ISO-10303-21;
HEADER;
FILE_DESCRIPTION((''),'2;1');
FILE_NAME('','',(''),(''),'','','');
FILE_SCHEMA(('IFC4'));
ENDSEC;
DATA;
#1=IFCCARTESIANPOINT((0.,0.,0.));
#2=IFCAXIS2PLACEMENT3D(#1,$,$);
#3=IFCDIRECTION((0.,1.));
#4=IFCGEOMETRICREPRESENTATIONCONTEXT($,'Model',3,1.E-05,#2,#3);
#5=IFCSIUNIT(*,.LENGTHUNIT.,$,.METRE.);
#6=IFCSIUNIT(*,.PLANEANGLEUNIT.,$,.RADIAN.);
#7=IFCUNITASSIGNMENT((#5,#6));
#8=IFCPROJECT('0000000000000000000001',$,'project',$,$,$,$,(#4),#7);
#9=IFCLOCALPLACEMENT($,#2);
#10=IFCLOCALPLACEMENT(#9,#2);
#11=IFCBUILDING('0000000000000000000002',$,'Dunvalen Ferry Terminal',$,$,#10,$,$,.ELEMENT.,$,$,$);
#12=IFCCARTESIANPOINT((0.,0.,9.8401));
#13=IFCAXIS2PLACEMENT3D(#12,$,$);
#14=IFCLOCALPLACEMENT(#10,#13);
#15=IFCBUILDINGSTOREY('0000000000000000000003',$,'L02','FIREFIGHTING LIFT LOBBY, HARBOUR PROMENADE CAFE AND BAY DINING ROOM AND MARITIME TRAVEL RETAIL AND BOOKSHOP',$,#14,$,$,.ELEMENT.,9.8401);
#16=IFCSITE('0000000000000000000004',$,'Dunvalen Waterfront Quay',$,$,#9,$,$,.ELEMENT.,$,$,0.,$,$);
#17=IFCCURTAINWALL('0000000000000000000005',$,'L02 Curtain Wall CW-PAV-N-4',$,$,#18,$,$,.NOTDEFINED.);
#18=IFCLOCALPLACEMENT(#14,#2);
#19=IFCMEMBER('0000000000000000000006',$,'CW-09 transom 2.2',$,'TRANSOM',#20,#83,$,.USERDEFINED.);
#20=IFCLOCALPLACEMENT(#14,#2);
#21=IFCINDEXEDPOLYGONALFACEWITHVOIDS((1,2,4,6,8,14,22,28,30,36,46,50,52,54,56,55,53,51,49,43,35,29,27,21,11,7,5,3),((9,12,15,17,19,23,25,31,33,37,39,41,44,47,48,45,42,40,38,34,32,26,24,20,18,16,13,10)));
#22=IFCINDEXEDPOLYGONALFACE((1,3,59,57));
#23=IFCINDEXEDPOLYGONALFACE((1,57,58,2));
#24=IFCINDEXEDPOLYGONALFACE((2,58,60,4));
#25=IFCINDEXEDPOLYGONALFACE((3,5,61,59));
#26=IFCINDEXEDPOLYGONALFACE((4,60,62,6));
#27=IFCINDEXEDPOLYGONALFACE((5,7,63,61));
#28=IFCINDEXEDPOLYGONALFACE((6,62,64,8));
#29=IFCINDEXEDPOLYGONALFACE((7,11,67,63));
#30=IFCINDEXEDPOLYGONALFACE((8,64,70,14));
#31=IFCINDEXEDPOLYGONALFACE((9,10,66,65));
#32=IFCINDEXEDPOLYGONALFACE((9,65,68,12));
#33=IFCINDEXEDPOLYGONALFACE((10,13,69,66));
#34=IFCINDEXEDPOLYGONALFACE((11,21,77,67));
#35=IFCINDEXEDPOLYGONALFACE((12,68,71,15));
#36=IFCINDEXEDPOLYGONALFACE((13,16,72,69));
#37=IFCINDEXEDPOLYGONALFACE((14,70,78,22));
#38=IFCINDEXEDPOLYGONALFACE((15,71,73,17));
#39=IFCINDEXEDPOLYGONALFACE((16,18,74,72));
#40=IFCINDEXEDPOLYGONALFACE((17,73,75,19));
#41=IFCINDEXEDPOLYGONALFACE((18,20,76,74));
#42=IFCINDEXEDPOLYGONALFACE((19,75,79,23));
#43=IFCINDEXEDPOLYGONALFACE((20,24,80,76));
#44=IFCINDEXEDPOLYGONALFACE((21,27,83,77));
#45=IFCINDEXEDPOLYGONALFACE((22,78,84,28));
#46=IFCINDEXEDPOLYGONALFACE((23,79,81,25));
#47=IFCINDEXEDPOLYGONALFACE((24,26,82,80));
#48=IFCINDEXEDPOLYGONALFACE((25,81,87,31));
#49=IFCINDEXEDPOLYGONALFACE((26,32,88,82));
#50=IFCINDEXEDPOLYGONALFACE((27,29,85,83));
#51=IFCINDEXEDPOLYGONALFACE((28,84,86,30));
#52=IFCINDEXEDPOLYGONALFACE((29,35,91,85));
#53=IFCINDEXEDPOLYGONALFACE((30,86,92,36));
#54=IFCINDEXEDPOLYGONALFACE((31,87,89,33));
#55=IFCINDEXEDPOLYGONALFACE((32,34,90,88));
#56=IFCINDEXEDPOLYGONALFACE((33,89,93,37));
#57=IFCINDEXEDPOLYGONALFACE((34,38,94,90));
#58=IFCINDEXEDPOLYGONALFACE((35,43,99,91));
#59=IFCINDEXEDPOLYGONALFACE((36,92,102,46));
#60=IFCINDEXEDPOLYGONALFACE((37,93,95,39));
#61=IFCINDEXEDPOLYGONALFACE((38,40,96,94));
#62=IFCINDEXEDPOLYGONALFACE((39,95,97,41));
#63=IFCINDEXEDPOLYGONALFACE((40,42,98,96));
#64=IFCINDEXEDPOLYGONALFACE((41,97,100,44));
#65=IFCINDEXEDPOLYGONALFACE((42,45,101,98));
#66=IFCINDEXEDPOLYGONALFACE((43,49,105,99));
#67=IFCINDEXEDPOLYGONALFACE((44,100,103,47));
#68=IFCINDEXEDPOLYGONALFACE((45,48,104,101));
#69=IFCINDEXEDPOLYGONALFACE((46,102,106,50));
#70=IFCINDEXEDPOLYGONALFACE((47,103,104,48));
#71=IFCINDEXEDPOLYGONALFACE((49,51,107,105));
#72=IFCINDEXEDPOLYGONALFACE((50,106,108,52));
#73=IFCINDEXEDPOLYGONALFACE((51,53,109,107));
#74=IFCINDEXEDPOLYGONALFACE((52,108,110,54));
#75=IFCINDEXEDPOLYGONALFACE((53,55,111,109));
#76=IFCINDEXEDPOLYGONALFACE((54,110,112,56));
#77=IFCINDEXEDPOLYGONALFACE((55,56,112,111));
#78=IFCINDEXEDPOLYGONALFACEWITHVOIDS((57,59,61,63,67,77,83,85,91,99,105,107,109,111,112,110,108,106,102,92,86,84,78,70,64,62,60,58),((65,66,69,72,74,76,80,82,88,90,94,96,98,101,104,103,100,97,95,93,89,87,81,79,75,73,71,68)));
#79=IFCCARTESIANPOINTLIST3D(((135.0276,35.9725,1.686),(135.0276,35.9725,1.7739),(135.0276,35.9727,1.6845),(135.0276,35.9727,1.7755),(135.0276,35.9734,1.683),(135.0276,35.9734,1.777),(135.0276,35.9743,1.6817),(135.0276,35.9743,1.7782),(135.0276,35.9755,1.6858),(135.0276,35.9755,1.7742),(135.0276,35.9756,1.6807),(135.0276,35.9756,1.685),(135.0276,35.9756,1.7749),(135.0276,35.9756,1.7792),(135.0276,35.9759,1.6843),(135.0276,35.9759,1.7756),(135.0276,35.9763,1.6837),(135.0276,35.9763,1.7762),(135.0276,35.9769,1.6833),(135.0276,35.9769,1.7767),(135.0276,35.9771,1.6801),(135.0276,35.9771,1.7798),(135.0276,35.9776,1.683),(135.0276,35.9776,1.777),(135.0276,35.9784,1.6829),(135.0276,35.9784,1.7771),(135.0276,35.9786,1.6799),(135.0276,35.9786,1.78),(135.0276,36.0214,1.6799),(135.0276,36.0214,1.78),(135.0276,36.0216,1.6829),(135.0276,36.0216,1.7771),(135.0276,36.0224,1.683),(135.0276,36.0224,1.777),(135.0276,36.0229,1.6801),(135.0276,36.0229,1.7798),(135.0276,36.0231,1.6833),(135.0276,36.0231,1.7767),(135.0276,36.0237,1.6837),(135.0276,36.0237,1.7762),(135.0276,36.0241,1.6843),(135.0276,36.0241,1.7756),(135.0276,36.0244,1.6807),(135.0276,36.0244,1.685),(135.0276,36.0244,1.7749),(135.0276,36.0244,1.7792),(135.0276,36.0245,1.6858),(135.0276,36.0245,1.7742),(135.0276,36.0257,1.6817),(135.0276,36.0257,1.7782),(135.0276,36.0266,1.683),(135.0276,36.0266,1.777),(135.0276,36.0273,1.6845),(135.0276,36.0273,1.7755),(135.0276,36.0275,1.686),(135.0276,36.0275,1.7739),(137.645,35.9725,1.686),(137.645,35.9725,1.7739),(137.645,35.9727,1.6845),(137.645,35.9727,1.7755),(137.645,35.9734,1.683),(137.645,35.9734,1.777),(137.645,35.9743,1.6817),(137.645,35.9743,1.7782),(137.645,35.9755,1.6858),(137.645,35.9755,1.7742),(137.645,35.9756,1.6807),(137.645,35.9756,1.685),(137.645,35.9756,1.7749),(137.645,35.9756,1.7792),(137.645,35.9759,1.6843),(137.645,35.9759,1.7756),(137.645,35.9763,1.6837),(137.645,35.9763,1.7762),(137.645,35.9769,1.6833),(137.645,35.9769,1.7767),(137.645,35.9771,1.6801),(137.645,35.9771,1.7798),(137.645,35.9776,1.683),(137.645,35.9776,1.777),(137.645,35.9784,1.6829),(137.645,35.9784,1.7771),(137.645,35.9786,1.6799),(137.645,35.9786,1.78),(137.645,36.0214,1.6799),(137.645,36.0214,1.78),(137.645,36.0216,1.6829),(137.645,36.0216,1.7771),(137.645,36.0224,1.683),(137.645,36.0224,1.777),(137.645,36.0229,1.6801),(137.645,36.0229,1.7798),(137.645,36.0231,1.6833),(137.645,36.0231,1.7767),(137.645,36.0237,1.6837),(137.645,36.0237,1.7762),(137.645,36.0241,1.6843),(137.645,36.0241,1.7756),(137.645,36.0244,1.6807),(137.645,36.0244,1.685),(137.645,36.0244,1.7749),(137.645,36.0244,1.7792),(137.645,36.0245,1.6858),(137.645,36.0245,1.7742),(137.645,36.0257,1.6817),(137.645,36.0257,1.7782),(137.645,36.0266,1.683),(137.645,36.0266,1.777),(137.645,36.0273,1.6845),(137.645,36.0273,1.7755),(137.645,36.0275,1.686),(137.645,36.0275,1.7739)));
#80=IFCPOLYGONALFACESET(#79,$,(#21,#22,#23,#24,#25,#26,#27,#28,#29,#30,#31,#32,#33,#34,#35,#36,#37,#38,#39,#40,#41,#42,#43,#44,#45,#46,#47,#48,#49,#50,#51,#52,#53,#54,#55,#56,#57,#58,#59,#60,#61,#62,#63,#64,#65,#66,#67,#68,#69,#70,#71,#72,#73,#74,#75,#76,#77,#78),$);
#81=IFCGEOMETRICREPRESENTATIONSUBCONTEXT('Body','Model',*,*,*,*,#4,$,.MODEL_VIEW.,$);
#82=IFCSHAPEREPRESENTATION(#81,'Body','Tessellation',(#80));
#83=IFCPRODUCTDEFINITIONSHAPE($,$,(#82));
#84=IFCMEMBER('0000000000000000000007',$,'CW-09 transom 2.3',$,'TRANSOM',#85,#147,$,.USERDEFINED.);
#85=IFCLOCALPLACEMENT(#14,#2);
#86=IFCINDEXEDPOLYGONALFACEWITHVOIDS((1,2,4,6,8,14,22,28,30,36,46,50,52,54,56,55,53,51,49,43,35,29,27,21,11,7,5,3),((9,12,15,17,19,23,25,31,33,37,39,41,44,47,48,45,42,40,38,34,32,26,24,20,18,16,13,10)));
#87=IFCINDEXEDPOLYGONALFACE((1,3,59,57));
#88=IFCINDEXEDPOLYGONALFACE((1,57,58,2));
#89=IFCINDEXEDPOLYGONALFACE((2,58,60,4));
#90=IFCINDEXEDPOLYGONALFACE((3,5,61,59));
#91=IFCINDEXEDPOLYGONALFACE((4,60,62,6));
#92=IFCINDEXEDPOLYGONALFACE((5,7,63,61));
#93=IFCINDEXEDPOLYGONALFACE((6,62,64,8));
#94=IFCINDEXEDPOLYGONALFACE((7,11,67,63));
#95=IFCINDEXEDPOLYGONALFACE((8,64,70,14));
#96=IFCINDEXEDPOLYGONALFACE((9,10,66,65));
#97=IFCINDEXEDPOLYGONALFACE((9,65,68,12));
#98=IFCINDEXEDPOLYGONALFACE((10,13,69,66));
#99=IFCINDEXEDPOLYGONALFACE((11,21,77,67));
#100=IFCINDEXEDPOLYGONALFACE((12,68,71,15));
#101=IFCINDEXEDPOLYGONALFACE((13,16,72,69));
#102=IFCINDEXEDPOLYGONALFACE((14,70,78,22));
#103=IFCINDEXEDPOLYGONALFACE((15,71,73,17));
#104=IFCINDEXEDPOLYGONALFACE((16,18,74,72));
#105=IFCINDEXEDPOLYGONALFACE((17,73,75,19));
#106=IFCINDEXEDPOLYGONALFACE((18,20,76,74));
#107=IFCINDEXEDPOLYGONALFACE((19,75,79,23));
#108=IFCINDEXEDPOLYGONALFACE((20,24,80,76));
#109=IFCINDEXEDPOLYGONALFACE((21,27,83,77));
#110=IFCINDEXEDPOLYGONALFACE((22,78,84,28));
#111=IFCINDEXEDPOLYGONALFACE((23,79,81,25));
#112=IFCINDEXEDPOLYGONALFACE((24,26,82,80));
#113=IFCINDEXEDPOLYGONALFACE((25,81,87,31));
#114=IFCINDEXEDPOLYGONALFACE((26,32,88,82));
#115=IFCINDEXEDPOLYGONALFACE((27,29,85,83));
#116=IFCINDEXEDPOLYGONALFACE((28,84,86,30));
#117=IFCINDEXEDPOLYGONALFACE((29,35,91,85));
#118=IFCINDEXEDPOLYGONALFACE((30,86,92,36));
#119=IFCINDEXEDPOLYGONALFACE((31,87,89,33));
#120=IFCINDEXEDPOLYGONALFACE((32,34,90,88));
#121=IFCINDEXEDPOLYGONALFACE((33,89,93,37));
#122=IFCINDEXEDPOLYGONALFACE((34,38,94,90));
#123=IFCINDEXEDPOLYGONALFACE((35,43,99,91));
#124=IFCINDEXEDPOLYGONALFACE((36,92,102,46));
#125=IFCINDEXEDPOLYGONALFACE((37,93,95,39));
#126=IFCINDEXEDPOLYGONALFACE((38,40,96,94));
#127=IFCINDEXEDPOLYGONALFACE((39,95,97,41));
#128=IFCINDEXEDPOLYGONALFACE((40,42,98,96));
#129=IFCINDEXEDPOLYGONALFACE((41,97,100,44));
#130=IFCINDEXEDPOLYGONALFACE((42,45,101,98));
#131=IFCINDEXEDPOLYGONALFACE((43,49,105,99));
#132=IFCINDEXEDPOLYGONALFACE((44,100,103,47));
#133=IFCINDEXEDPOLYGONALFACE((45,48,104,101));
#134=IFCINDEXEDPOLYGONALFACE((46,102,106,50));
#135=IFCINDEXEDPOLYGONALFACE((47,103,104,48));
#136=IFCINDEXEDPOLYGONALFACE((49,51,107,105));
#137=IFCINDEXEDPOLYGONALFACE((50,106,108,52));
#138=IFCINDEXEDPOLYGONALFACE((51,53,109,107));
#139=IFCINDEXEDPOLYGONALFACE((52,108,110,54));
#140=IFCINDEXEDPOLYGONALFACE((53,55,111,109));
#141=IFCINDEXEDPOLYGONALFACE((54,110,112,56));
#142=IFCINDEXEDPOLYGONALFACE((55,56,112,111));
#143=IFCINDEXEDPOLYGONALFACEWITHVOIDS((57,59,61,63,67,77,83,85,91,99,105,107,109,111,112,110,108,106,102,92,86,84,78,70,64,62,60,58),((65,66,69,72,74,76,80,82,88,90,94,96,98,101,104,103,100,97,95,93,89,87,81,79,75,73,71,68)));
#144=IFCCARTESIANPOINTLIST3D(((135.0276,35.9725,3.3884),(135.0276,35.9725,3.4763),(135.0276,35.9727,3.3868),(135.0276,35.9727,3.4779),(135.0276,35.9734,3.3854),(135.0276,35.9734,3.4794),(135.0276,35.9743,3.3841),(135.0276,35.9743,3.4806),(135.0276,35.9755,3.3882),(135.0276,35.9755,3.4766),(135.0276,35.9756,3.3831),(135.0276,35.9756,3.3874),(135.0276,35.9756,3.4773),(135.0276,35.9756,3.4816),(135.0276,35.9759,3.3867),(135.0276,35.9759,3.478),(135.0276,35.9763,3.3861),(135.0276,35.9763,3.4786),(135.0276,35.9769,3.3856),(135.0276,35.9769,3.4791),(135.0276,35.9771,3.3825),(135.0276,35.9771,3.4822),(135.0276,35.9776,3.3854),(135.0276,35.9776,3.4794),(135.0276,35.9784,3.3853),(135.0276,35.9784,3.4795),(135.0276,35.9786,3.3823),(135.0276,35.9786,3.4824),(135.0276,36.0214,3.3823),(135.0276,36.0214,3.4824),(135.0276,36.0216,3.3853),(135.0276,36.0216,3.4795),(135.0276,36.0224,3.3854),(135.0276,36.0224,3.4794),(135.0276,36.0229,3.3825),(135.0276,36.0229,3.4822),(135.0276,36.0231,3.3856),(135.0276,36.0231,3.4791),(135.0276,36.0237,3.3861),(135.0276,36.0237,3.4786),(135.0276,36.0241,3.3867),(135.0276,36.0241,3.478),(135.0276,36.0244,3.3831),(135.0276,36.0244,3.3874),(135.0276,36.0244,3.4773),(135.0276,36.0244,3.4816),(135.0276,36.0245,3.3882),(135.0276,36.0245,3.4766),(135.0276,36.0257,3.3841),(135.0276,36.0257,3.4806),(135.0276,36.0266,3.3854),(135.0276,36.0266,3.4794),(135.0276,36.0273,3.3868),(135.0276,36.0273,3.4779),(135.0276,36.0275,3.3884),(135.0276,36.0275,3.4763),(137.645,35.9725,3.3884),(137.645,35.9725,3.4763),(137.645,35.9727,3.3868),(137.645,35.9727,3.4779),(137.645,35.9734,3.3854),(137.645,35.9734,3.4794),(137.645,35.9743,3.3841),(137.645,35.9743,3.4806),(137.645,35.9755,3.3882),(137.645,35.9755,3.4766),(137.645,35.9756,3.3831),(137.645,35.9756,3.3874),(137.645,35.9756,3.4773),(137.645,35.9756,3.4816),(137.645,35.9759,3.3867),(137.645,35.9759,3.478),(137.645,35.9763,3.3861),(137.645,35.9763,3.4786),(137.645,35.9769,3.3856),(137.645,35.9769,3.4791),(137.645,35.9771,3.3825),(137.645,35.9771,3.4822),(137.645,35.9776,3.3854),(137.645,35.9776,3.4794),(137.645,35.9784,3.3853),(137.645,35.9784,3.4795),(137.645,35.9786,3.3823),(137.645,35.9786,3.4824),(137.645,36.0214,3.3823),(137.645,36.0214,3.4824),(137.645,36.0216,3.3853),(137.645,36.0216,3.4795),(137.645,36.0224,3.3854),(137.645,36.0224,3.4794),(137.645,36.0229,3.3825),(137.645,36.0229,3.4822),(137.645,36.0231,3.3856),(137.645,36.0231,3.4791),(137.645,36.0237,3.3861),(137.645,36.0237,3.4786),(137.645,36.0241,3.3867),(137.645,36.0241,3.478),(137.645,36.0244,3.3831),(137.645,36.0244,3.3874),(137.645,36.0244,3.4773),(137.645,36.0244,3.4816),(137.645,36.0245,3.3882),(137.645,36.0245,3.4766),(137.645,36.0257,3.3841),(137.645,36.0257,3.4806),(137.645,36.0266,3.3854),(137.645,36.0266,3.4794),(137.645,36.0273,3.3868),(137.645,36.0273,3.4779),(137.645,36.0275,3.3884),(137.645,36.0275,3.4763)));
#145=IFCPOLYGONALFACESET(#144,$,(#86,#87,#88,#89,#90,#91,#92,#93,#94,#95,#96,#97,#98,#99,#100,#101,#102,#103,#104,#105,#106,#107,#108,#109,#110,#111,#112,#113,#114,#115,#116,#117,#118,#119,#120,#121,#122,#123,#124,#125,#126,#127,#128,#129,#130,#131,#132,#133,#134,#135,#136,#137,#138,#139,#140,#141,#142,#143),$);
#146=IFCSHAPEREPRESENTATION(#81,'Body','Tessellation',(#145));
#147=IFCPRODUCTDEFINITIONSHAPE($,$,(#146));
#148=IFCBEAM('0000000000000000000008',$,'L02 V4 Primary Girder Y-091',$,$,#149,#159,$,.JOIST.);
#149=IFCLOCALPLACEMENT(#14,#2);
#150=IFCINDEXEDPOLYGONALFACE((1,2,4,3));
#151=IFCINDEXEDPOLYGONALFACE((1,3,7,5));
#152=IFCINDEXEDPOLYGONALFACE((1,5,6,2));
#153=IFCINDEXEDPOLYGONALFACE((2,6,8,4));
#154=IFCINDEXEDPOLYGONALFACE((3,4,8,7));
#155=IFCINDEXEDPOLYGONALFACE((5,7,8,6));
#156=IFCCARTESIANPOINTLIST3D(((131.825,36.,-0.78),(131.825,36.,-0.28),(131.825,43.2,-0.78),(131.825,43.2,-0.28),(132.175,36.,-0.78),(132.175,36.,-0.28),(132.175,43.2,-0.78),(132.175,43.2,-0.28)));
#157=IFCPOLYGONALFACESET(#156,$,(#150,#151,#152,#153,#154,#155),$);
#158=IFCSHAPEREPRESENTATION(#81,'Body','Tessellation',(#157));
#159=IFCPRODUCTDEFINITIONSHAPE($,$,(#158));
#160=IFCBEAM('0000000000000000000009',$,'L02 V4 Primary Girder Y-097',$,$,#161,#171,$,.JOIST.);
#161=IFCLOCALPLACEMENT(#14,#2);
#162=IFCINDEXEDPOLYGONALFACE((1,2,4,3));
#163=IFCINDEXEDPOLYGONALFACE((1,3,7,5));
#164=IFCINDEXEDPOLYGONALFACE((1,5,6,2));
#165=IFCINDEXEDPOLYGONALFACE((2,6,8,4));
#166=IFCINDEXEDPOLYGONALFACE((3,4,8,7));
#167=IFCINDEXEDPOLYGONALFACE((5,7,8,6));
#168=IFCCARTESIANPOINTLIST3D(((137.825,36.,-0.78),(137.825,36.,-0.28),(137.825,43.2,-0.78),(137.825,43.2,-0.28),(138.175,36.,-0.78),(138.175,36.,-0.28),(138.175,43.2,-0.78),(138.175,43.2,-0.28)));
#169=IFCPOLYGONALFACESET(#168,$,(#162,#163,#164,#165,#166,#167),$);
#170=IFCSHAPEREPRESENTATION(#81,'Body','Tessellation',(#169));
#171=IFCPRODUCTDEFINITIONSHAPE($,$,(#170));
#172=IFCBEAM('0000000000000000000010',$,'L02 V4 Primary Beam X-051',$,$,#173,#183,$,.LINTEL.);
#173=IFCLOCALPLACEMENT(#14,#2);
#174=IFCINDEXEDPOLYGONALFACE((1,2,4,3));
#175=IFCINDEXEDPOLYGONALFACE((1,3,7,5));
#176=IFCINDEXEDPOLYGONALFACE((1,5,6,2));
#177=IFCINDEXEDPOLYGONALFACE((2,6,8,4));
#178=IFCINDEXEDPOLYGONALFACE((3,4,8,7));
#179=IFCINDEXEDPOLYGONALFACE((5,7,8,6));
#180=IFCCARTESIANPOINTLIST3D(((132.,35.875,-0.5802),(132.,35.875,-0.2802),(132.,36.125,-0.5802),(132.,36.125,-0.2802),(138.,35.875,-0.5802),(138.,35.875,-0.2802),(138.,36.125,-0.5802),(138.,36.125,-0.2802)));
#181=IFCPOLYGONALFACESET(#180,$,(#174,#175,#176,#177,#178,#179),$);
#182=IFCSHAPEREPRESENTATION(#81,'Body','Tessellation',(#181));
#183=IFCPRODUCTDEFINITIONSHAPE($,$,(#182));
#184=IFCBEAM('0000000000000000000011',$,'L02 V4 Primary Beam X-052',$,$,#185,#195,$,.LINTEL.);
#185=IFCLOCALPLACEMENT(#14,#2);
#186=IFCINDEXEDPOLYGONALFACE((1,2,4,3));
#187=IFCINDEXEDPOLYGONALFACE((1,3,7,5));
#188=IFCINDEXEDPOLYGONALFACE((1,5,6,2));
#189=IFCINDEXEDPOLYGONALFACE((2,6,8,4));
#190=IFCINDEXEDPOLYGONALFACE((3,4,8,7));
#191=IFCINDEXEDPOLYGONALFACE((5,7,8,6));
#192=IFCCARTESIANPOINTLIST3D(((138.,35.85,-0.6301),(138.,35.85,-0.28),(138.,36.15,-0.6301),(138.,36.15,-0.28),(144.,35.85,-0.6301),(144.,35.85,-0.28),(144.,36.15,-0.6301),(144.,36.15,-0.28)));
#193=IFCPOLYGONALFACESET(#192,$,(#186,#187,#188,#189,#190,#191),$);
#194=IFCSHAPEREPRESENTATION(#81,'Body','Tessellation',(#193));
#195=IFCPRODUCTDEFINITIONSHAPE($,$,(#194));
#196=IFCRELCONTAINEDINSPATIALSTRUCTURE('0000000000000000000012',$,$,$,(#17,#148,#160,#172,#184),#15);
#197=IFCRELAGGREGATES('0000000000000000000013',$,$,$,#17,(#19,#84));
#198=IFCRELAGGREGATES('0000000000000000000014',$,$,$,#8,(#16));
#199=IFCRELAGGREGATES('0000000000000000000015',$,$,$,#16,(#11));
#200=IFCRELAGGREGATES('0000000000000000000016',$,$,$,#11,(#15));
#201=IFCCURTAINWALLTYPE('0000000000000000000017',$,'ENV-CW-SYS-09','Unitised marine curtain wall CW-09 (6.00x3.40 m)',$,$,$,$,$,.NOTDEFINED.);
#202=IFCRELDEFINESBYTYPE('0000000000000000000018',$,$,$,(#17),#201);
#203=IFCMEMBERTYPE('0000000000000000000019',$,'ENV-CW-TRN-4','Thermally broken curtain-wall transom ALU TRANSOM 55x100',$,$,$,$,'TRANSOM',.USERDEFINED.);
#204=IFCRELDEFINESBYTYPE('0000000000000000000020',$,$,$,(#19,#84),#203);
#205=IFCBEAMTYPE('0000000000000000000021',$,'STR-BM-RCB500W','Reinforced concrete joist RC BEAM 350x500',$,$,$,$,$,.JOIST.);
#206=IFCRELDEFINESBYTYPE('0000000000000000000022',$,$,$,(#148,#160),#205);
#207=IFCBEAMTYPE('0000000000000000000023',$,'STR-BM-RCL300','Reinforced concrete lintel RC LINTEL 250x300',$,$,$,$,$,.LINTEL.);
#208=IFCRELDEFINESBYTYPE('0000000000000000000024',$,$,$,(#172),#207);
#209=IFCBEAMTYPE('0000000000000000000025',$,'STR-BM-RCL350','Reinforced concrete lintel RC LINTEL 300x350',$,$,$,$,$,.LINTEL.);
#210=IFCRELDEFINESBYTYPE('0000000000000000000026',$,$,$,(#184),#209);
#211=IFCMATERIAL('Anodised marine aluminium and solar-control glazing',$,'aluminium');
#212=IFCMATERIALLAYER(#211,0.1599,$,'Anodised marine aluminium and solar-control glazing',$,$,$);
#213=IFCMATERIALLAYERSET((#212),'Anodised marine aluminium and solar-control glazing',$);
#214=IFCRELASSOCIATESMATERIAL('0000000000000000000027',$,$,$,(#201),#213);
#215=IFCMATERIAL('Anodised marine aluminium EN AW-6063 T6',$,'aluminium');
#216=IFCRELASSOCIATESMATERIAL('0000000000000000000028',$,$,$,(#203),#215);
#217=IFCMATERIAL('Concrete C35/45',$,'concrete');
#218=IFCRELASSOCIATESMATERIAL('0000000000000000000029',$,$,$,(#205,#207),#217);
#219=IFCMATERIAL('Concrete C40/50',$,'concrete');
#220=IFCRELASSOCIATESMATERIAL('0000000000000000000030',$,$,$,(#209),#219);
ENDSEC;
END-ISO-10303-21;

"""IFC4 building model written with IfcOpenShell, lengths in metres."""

from ifc_helpers import new_model, si_unit, direction, frame, origin, origin_2d, place, context, subcontext, project, spatial, rectangle, hollow_rectangle, extrude, material, layer, layer_set, material_profile, profile_set, type_object, element, aggregate, save


model = new_model("IFC4")

# Units and contexts
model_context = context("Model", 3, precision=1e-05, world=origin(), true_north=direction((0.0, 1.0)))
body_context = subcontext(model_context, "Body", "Model", "MODEL_VIEW")
ifc_project = project(units=[si_unit("LENGTHUNIT", "METRE"), si_unit("PLANEANGLEUNIT", "RADIAN")], contexts=[model_context])

# Site, building, storey
site_placement = place(None, origin())
site = spatial("IfcSite", under=ifc_project, at=site_placement, Name="Dunvalen Waterfront Quay", CompositionType="ELEMENT", RefElevation=0.0)
building_placement = place(site_placement, origin())
building = spatial("IfcBuilding", under=site, at=building_placement, Name="Dunvalen Ferry Terminal", CompositionType="ELEMENT")
storey_placement = place(building_placement, frame((0.0, 0.0, 9.8401)))
storey = spatial("IfcBuildingStorey", under=building, at=storey_placement, Name="L02", Description="FIREFIGHTING LIFT LOBBY, HARBOUR PROMENADE CAFE AND BAY DINING ROOM AND MARITIME TRAVEL RETAIL AND BOOKSHOP", CompositionType="ELEMENT", Elevation=9.8401)

# Shared definitions
ifc_material_1 = material(Name="Anodised marine aluminium and solar-control glazing", Category="aluminium")
ifc_layer_1 = layer(ifc_material_1, 0.1599, Name="Anodised marine aluminium and solar-control glazing")
ifc_layer_set_1 = layer_set([ifc_layer_1], Name="Anodised marine aluminium and solar-control glazing")
curtain_wall_type = type_object("IfcCurtainWallType", Name="ENV-CW-SYS-09", Description="Unitised marine curtain wall CW-09 (6.00x3.40 m)", PredefinedType="NOTDEFINED", material=ifc_layer_set_1)
ifc_material_2 = material(Name="Anodised marine aluminium EN AW-6063 T6", Category="aluminium")

# Curtain wall, members
curtain_wall_1_placement = place(storey_placement, origin())
curtain_wall_1 = element("IfcCurtainWall", 1, at=curtain_wall_1_placement, inside=storey, type_object=curtain_wall_type, Name="L02 Curtain Wall CW-PAV-N-4", PredefinedType="NOTDEFINED")
ifc_material_profile_1 = material_profile(ifc_material_2, hollow_rectangle(XDim=0.0549, YDim=0.1001, WallThickness=0.0029, InnerFilletRadius=0.0029, OuterFilletRadius=0.0061, at=origin_2d()), Name="Anodised marine aluminium EN AW-6063 T6")
ifc_profile_set_1 = profile_set([ifc_material_profile_1], Name="Anodised marine aluminium EN AW-6063 T6")
member_type_1 = type_object("IfcMemberType", Name="ENV-CW-TRN-4", Description="Thermally broken curtain-wall transom ALU TRANSOM 55x100", ElementType="TRANSOM", PredefinedType="USERDEFINED", material=ifc_profile_set_1)
member_1_placement = place(storey_placement, frame((135.0276, 36.0, 1.73), z_axis=(1.0, 0.0, 0.0), x_axis=(0.0, 1.0, 0.0)))
member_1 = element("IfcMember", 2, at=member_1_placement, type_object=member_type_1, Name="CW-09 transom 2.2", ObjectType="TRANSOM", PredefinedType="USERDEFINED", context=body_context, shape_type="SweptSolid", body=[
    extrude(hollow_rectangle(XDim=0.0549, YDim=0.1001, WallThickness=0.0029, InnerFilletRadius=0.0029, OuterFilletRadius=0.0061, at=origin_2d()), origin(), (0.0, 0.0, 1.0), 2.6174),
])
member_2_placement = place(storey_placement, frame((135.0276, 36.0, 3.4324), z_axis=(1.0, 0.0, 0.0), x_axis=(0.0, 1.0, 0.0)))
member_2 = element("IfcMember", 3, at=member_2_placement, type_object=member_type_1, Name="CW-09 transom 2.3", ObjectType="TRANSOM", PredefinedType="USERDEFINED", context=body_context, shape_type="SweptSolid", body=[
    extrude(hollow_rectangle(XDim=0.0549, YDim=0.1001, WallThickness=0.0029, InnerFilletRadius=0.0029, OuterFilletRadius=0.0061, at=origin_2d()), origin(), (0.0, 0.0, 1.0), 2.6174),
])

# Beams
ifc_material_3 = material(Name="Concrete C35/45", Category="concrete")
ifc_material_profile_2 = material_profile(ifc_material_3, rectangle(XDim=0.3501, YDim=0.5, at=origin_2d()), Name="Concrete C35/45")
ifc_profile_set_2 = profile_set([ifc_material_profile_2], Name="Concrete C35/45")
beam_type_1 = type_object("IfcBeamType", Name="STR-BM-RCB500W", Description="Reinforced concrete joist RC BEAM 350x500", PredefinedType="JOIST", material=ifc_profile_set_2)
for number, where, z_axis, x_axis, name in (
    (4, (132.0, 36.0, -0.53), (0.0, 1.0, 0.0), (-1.0, 0.0, 0.0), "L02 V4 Primary Girder Y-091"),
    (5, (138.0, 36.0, -0.53), (0.0, 1.0, 0.0), (-1.0, 0.0, 0.0), "L02 V4 Primary Girder Y-097"),
):
    element("IfcBeam", number, at=place(storey_placement, frame(where, z_axis=z_axis, x_axis=x_axis)), inside=storey, type_object=beam_type_1, Name=name, PredefinedType="JOIST", context=body_context, shape_type="SweptSolid", body=[
        extrude(rectangle(XDim=0.3501, YDim=0.5, at=origin_2d()), origin(), (0.0, 0.0, 1.0), 7.2),
    ])
ifc_material_profile_3 = material_profile(ifc_material_3, rectangle(XDim=0.25, YDim=0.3, at=origin_2d()), Name="Concrete C35/45")
ifc_profile_set_3 = profile_set([ifc_material_profile_3], Name="Concrete C35/45")
beam_type_2 = type_object("IfcBeamType", Name="STR-BM-RCL300", Description="Reinforced concrete lintel RC LINTEL 250x300", PredefinedType="LINTEL", material=ifc_profile_set_3)
beam_1_placement = place(storey_placement, frame((132.0, 36.0, -0.4302), z_axis=(1.0, 0.0, 0.0), x_axis=(0.0, 1.0, 0.0)))
element("IfcBeam", 6, at=beam_1_placement, inside=storey, type_object=beam_type_2, Name="L02 V4 Primary Beam X-051", PredefinedType="LINTEL", context=body_context, shape_type="SweptSolid", body=[
    extrude(rectangle(XDim=0.25, YDim=0.3, at=origin_2d()), origin(), (0.0, 0.0, 1.0), 6.0),
])
ifc_material_4 = material(Name="Concrete C40/50", Category="concrete")
ifc_material_profile_4 = material_profile(ifc_material_4, rectangle(XDim=0.3, YDim=0.3501, at=origin_2d()), Name="Concrete C40/50")
ifc_profile_set_4 = profile_set([ifc_material_profile_4], Name="Concrete C40/50")
beam_type_3 = type_object("IfcBeamType", Name="STR-BM-RCL350", Description="Reinforced concrete lintel RC LINTEL 300x350", PredefinedType="LINTEL", material=ifc_profile_set_4)
beam_2_placement = place(storey_placement, frame((138.0, 36.0, -0.4551), z_axis=(1.0, 0.0, 0.0), x_axis=(0.0, 1.0, 0.0)))
element("IfcBeam", 7, at=beam_2_placement, inside=storey, type_object=beam_type_3, Name="L02 V4 Primary Beam X-052", PredefinedType="LINTEL", context=body_context, shape_type="SweptSolid", body=[
    extrude(rectangle(XDim=0.3, YDim=0.3501, at=origin_2d()), origin(), (0.0, 0.0, 1.0), 6.0),
])

aggregate(curtain_wall_1, [member_1, member_2])

save(model, "model.ifc")
